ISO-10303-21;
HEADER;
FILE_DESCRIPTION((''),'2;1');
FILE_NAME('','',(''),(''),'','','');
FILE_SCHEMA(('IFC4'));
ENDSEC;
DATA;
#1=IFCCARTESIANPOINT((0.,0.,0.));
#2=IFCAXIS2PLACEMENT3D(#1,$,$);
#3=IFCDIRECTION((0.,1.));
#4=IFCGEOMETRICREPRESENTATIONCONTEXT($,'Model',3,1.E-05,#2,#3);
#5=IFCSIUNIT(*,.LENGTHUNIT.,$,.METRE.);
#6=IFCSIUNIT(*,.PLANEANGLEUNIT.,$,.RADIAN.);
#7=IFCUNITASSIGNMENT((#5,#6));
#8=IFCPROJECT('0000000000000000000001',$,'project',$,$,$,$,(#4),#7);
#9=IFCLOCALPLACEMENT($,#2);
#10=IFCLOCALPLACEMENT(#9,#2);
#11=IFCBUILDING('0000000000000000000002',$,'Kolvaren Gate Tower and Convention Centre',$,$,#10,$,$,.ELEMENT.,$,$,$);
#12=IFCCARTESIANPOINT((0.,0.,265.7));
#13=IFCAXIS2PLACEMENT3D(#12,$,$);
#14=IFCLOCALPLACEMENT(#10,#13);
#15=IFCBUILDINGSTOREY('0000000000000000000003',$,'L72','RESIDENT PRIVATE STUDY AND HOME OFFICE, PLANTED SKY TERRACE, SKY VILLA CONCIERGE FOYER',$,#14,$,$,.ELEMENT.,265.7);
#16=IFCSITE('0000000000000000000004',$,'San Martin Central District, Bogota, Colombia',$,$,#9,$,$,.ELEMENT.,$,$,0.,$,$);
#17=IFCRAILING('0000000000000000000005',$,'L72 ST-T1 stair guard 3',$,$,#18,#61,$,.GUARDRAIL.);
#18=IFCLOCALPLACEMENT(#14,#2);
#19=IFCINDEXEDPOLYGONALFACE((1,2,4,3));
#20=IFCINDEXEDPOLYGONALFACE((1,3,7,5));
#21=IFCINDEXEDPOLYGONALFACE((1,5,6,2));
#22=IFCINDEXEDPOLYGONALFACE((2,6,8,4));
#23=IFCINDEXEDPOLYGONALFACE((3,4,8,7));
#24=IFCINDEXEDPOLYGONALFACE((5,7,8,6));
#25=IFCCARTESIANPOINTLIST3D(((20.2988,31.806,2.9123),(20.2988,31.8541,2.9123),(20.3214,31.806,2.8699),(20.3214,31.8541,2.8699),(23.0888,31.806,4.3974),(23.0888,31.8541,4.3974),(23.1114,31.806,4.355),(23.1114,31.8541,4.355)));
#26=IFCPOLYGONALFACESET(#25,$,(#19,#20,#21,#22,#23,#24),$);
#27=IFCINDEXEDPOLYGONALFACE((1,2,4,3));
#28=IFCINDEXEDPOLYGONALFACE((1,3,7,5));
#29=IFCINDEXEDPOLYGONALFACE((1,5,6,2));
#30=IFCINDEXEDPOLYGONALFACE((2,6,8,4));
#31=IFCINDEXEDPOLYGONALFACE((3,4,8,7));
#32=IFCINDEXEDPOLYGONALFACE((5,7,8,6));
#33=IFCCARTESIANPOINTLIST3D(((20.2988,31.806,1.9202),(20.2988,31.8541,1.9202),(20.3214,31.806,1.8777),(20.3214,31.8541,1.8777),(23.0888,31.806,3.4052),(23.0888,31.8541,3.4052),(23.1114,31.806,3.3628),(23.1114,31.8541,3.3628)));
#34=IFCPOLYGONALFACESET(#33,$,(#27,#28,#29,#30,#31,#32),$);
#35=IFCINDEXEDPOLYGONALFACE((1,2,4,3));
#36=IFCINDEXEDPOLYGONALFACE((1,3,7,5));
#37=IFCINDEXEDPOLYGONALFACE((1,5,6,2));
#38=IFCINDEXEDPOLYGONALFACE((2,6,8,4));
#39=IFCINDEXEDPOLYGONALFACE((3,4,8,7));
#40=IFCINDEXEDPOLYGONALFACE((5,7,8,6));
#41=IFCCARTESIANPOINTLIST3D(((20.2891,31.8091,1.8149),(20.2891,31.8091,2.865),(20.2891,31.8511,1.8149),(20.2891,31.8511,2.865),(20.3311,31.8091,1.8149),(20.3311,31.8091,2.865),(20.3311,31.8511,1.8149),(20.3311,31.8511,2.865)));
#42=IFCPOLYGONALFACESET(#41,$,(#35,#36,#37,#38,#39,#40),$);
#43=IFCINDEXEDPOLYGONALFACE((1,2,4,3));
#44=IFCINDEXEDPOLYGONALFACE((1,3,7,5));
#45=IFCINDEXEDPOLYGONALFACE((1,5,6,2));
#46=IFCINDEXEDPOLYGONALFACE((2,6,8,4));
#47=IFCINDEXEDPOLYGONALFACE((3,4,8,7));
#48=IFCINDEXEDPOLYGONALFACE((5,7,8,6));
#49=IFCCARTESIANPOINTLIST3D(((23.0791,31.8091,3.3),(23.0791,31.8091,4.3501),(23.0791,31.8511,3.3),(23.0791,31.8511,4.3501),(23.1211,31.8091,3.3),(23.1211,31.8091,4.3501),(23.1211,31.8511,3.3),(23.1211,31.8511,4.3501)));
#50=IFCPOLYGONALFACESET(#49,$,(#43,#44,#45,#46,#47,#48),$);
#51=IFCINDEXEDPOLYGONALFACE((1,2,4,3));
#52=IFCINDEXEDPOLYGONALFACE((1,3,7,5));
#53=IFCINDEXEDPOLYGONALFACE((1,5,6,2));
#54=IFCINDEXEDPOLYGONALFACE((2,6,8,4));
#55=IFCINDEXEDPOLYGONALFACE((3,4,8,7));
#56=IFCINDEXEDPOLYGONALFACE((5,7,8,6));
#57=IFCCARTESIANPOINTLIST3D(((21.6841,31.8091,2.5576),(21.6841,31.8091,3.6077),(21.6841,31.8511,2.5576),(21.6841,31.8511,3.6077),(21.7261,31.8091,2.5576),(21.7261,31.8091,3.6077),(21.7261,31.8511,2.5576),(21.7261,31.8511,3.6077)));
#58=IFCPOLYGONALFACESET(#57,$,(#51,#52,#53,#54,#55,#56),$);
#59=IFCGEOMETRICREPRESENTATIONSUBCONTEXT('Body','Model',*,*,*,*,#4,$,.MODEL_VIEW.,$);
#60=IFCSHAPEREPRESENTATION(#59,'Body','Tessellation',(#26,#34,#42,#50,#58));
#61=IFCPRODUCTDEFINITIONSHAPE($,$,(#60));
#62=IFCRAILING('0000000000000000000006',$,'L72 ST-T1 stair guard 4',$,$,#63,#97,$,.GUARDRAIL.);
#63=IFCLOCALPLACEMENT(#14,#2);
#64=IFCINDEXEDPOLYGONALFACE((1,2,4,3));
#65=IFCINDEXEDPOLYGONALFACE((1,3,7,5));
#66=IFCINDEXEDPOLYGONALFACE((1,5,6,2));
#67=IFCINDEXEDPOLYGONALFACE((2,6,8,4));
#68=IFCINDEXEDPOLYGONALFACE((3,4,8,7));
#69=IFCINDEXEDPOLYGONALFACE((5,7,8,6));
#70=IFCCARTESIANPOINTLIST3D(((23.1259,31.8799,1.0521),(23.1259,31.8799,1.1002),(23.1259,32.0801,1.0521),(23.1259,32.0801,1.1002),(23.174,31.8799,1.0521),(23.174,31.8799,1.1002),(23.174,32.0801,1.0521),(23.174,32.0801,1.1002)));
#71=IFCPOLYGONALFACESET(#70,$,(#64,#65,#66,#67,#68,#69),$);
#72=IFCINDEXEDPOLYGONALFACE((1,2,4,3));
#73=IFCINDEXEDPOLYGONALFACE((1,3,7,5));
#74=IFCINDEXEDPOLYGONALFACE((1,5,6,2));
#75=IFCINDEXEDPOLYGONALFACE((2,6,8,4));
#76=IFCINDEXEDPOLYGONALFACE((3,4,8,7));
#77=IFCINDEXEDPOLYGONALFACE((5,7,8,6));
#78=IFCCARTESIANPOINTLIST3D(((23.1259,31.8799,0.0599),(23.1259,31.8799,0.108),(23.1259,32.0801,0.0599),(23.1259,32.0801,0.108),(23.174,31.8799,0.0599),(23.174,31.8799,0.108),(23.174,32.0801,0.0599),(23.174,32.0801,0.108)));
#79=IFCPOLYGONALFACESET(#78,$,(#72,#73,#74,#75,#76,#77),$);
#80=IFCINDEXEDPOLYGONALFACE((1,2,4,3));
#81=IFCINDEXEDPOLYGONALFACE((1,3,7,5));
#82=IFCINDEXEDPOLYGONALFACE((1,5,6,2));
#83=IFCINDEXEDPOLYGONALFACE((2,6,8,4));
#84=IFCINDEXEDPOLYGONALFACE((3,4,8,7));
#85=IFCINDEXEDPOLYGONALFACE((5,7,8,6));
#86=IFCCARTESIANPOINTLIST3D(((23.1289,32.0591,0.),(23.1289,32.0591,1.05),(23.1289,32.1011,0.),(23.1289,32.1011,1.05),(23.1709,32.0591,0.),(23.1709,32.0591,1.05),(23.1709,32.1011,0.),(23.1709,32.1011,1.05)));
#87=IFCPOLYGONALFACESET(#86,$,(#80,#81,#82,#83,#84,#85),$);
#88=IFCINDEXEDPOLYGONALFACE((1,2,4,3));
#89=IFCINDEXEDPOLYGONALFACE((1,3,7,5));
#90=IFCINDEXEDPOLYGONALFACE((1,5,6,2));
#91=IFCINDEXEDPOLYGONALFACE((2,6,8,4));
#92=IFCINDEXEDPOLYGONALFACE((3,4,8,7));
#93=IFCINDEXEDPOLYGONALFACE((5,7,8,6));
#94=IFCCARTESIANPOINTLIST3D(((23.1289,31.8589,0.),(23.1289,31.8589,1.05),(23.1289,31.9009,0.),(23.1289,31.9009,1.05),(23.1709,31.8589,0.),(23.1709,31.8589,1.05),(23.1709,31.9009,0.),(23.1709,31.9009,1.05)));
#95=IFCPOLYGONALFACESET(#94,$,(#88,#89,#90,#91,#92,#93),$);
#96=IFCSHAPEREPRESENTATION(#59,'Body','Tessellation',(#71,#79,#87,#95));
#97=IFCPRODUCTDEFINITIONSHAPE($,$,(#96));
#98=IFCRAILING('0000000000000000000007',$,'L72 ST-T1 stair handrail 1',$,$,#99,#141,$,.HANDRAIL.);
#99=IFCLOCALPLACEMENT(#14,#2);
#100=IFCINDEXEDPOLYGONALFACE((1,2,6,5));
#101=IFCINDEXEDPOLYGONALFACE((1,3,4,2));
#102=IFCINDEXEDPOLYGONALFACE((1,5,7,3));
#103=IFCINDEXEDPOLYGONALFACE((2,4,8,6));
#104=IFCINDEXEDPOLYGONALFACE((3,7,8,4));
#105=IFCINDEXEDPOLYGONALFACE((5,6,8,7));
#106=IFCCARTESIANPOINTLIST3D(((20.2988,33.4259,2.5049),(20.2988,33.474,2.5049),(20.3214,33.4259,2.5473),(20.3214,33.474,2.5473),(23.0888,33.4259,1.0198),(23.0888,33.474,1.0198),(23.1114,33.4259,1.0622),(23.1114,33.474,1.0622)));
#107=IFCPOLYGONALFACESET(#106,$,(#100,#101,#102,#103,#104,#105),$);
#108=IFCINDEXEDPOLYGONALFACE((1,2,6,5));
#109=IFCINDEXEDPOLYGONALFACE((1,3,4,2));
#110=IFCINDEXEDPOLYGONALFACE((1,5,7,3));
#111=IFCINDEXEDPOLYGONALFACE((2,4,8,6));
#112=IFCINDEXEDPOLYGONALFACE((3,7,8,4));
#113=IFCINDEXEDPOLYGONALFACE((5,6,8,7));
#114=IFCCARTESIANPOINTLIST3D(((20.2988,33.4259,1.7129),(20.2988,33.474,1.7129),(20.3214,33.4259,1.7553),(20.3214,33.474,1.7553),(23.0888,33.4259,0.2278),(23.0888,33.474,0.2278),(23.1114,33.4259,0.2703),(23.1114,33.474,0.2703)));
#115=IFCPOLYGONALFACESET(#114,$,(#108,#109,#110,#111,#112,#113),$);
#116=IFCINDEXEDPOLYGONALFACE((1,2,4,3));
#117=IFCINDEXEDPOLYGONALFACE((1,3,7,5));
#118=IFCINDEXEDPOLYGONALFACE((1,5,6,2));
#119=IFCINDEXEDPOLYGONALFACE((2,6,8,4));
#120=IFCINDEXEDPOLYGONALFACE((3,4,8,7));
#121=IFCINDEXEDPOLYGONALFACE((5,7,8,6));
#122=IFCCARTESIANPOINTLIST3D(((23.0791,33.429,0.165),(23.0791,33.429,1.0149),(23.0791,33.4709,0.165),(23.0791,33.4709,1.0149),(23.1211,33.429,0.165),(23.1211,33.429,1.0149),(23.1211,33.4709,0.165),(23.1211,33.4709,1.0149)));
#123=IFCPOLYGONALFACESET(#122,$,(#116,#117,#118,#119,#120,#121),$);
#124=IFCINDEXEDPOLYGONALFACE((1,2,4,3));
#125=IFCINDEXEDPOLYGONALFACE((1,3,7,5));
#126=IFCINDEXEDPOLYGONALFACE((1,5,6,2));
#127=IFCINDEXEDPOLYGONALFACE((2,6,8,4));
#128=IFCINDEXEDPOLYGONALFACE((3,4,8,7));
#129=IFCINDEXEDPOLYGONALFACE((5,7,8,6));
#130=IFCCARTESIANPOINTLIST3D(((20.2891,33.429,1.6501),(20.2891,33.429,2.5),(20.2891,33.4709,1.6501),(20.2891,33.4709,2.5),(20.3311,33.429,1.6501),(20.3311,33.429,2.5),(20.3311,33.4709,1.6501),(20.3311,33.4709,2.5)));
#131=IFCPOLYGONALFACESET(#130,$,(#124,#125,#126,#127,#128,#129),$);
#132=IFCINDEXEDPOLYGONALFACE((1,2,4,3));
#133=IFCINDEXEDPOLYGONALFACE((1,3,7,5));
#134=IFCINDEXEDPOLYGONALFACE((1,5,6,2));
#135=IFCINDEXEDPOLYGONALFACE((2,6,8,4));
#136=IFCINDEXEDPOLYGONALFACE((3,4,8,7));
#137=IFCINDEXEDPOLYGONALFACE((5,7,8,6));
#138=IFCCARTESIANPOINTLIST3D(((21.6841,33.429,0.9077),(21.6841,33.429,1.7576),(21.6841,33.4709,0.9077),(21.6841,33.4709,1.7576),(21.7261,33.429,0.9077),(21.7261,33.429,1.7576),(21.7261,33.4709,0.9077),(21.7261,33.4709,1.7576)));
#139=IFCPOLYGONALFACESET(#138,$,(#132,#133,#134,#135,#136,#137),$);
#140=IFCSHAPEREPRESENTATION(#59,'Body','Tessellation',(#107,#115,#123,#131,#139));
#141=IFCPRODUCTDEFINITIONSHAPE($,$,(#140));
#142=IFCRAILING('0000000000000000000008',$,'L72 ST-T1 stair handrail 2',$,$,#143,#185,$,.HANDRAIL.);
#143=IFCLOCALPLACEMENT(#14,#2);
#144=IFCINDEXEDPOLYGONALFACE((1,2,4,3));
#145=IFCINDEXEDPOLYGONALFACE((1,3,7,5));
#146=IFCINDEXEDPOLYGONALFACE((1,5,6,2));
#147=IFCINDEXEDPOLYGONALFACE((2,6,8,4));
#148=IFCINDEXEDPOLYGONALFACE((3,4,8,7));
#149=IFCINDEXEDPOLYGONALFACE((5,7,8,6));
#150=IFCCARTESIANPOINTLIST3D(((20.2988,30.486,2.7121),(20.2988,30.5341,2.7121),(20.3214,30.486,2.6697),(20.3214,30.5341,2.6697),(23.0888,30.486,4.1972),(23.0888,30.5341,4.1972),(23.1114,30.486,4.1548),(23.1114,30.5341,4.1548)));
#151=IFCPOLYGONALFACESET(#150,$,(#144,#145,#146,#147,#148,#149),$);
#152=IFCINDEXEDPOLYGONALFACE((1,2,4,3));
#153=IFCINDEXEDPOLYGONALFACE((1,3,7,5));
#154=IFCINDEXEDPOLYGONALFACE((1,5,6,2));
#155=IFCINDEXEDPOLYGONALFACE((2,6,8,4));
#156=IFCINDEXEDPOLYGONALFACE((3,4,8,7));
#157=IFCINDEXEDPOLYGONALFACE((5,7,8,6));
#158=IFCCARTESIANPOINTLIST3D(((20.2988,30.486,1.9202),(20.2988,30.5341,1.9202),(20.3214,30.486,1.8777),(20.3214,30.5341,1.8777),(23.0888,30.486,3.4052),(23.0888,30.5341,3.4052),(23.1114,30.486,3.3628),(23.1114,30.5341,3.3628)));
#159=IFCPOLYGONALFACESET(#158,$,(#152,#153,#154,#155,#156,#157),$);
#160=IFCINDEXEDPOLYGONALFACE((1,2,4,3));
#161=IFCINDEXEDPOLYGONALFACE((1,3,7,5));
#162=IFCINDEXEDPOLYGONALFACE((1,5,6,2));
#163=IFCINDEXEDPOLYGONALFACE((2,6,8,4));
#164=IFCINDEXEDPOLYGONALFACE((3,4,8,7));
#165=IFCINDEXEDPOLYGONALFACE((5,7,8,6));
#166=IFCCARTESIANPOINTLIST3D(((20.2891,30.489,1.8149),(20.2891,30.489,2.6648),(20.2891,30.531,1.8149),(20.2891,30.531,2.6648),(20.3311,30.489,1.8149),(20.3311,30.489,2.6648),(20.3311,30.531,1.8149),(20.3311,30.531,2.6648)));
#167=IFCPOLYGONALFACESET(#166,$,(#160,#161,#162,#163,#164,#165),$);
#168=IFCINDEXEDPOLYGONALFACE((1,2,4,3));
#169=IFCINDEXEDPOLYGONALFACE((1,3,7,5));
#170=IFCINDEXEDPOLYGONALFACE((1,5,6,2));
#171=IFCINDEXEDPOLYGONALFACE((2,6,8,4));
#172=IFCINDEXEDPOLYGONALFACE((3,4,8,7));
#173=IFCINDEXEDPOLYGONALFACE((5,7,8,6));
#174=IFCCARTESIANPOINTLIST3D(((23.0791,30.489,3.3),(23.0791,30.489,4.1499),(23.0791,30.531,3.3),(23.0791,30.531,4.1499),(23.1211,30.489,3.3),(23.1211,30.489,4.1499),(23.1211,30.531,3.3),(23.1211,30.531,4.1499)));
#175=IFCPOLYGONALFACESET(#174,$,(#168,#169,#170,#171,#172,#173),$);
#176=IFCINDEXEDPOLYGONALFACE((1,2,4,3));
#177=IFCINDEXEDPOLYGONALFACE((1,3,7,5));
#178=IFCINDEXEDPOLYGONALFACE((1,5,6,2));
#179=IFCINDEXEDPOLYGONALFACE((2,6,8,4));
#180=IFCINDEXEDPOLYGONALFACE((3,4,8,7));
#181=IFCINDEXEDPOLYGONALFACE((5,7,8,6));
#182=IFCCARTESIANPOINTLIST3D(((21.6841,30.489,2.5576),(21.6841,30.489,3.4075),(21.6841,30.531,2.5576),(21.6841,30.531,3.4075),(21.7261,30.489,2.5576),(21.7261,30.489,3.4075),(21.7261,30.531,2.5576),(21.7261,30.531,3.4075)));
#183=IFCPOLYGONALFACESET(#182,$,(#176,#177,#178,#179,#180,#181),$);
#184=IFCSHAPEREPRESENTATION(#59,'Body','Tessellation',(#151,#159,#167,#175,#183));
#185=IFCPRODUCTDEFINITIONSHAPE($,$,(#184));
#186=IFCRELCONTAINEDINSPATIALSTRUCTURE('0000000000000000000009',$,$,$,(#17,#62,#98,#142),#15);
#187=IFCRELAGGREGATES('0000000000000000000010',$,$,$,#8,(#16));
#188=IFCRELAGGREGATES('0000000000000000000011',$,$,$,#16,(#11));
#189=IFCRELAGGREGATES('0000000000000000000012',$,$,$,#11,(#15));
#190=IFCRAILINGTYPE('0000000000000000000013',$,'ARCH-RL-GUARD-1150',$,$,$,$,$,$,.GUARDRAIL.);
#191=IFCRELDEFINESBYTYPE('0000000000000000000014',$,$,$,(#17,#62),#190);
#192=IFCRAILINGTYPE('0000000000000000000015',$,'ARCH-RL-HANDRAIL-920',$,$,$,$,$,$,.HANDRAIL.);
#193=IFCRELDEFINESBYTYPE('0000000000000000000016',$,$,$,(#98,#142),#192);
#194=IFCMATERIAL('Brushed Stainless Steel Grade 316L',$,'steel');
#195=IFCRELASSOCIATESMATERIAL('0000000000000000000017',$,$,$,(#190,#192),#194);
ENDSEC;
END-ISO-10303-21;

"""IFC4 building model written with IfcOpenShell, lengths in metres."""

from ifc_helpers import new_model, si_unit, direction, frame, origin, origin_2d, place, context, subcontext, project, spatial, rectangle, extrude, material, type_object, element, save


model = new_model("IFC4")

# Units and contexts
model_context = context("Model", 3, precision=1e-05, world=origin(), true_north=direction((0.0, 1.0)))
body_context = subcontext(model_context, "Body", "Model", "MODEL_VIEW")
ifc_project = project(units=[si_unit("LENGTHUNIT", "METRE"), si_unit("PLANEANGLEUNIT", "RADIAN")], contexts=[model_context])

# Site, building, storey
site_placement = place(None, origin())
site = spatial("IfcSite", under=ifc_project, at=site_placement, Name="San Martin Central District, Bogota, Colombia", CompositionType="ELEMENT", RefElevation=0.0)
building_placement = place(site_placement, origin())
building = spatial("IfcBuilding", under=site, at=building_placement, Name="Kolvaren Gate Tower and Convention Centre", CompositionType="ELEMENT")
storey_placement = place(building_placement, frame((0.0, 0.0, 265.7)))
storey = spatial("IfcBuildingStorey", under=building, at=storey_placement, Name="L72", Description="RESIDENT PRIVATE STUDY AND HOME OFFICE, PLANTED SKY TERRACE, SKY VILLA CONCIERGE FOYER", CompositionType="ELEMENT", Elevation=265.7)

# Railings
ifc_material_1 = material(Name="Brushed Stainless Steel Grade 316L", Category="steel")
railing_type_1 = type_object("IfcRailingType", Name="ARCH-RL-GUARD-1150", PredefinedType="GUARDRAIL", material=ifc_material_1)
railing_1_placement = place(storey_placement, frame((20.3101, 31.8301, 1.8149)))
element("IfcRailing", 1, at=railing_1_placement, inside=storey, type_object=railing_type_1, Name="L72 ST-T1 stair guard 3", PredefinedType="GUARDRAIL", context=body_context, shape_type="SweptSolid", body=[
    extrude(rectangle(XDim=0.0481, YDim=0.0481, at=origin_2d()), frame((0.0, 0.0, 1.0762), z_axis=(0.882735, 0.0, 0.46987), x_axis=(0.0, 1.0, 0.0)), (0.0, 0.0, 1.0), 3.1606),
    extrude(rectangle(XDim=0.0481, YDim=0.0481, at=origin_2d()), frame((0.0, 0.0, 0.084), z_axis=(0.882735, 0.0, 0.46987), x_axis=(0.0, 1.0, 0.0)), (0.0, 0.0, 1.0), 3.1606),
    extrude(rectangle(XDim=0.042, YDim=0.042, at=origin_2d()), origin(), (0.0, 0.0, 1.0), 1.05),
    extrude(rectangle(XDim=0.042, YDim=0.042, at=origin_2d()), frame((2.79, 0.0, 1.4851)), (0.0, 0.0, 1.0), 1.05),
    extrude(rectangle(XDim=0.042, YDim=0.042, at=origin_2d()), frame((1.395, 0.0, 0.7427)), (0.0, 0.0, 1.0), 1.05),
])
railing_2_placement = place(storey_placement, frame((23.1499, 32.0801, 0.0)))
element("IfcRailing", 2, at=railing_2_placement, inside=storey, type_object=railing_type_1, Name="L72 ST-T1 stair guard 4", PredefinedType="GUARDRAIL", context=body_context, shape_type="SweptSolid", body=[
    extrude(rectangle(XDim=0.0481, YDim=0.0481, at=origin_2d()), frame((0.0, 0.0, 1.0762), z_axis=(0.0, -1.0, 0.0), x_axis=(1.0, 0.0, 0.0)), (0.0, 0.0, 1.0), 0.2002),
    extrude(rectangle(XDim=0.0481, YDim=0.0481, at=origin_2d()), frame((0.0, 0.0, 0.084), z_axis=(0.0, -1.0, 0.0), x_axis=(1.0, 0.0, 0.0)), (0.0, 0.0, 1.0), 0.2002),
    extrude(rectangle(XDim=0.042, YDim=0.042, at=origin_2d()), origin(), (0.0, 0.0, 1.0), 1.05),
    extrude(rectangle(XDim=0.042, YDim=0.042, at=origin_2d()), frame((0.0, -0.2002, 0.0)), (0.0, 0.0, 1.0), 1.05),
])
railing_type_2 = type_object("IfcRailingType", Name="ARCH-RL-HANDRAIL-920", PredefinedType="HANDRAIL", material=ifc_material_1)
railing_3_placement = place(storey_placement, frame((23.1001, 33.45, 0.165)))
element("IfcRailing", 3, at=railing_3_placement, inside=storey, type_object=railing_type_2, Name="L72 ST-T1 stair handrail 1", PredefinedType="HANDRAIL", context=body_context, shape_type="SweptSolid", body=[
    extrude(rectangle(XDim=0.0481, YDim=0.0481, at=origin_2d()), frame((0.0, 0.0, 0.876), z_axis=(-0.882735, 0.0, 0.46987), x_axis=(0.0, -1.0, 0.0)), (0.0, 0.0, 1.0), 3.1606),
    extrude(rectangle(XDim=0.0481, YDim=0.0481, at=origin_2d()), frame((0.0, 0.0, 0.084), z_axis=(-0.882735, 0.0, 0.46987), x_axis=(0.0, -1.0, 0.0)), (0.0, 0.0, 1.0), 3.1606),
    extrude(rectangle(XDim=0.042, YDim=0.042, at=origin_2d()), origin(), (0.0, 0.0, 1.0), 0.8499),
    extrude(rectangle(XDim=0.042, YDim=0.042, at=origin_2d()), frame((-2.79, 0.0, 1.4851)), (0.0, 0.0, 1.0), 0.8499),
    extrude(rectangle(XDim=0.042, YDim=0.042, at=origin_2d()), frame((-1.395, 0.0, 0.7427)), (0.0, 0.0, 1.0), 0.8499),
])
railing_4_placement = place(storey_placement, frame((20.3101, 30.51, 1.8149)))
element("IfcRailing", 4, at=railing_4_placement, inside=storey, type_object=railing_type_2, Name="L72 ST-T1 stair handrail 2", PredefinedType="HANDRAIL", context=body_context, shape_type="SweptSolid", body=[
    extrude(rectangle(XDim=0.0481, YDim=0.0481, at=origin_2d()), frame((0.0, 0.0, 0.876), z_axis=(0.882735, 0.0, 0.46987), x_axis=(0.0, 1.0, 0.0)), (0.0, 0.0, 1.0), 3.1606),
    extrude(rectangle(XDim=0.0481, YDim=0.0481, at=origin_2d()), frame((0.0, 0.0, 0.084), z_axis=(0.882735, 0.0, 0.46987), x_axis=(0.0, 1.0, 0.0)), (0.0, 0.0, 1.0), 3.1606),
    extrude(rectangle(XDim=0.042, YDim=0.042, at=origin_2d()), origin(), (0.0, 0.0, 1.0), 0.8499),
    extrude(rectangle(XDim=0.042, YDim=0.042, at=origin_2d()), frame((2.79, 0.0, 1.4851)), (0.0, 0.0, 1.0), 0.8499),
    extrude(rectangle(XDim=0.042, YDim=0.042, at=origin_2d()), frame((1.395, 0.0, 0.7427)), (0.0, 0.0, 1.0), 0.8499),
])

save(model, "model.ifc")
